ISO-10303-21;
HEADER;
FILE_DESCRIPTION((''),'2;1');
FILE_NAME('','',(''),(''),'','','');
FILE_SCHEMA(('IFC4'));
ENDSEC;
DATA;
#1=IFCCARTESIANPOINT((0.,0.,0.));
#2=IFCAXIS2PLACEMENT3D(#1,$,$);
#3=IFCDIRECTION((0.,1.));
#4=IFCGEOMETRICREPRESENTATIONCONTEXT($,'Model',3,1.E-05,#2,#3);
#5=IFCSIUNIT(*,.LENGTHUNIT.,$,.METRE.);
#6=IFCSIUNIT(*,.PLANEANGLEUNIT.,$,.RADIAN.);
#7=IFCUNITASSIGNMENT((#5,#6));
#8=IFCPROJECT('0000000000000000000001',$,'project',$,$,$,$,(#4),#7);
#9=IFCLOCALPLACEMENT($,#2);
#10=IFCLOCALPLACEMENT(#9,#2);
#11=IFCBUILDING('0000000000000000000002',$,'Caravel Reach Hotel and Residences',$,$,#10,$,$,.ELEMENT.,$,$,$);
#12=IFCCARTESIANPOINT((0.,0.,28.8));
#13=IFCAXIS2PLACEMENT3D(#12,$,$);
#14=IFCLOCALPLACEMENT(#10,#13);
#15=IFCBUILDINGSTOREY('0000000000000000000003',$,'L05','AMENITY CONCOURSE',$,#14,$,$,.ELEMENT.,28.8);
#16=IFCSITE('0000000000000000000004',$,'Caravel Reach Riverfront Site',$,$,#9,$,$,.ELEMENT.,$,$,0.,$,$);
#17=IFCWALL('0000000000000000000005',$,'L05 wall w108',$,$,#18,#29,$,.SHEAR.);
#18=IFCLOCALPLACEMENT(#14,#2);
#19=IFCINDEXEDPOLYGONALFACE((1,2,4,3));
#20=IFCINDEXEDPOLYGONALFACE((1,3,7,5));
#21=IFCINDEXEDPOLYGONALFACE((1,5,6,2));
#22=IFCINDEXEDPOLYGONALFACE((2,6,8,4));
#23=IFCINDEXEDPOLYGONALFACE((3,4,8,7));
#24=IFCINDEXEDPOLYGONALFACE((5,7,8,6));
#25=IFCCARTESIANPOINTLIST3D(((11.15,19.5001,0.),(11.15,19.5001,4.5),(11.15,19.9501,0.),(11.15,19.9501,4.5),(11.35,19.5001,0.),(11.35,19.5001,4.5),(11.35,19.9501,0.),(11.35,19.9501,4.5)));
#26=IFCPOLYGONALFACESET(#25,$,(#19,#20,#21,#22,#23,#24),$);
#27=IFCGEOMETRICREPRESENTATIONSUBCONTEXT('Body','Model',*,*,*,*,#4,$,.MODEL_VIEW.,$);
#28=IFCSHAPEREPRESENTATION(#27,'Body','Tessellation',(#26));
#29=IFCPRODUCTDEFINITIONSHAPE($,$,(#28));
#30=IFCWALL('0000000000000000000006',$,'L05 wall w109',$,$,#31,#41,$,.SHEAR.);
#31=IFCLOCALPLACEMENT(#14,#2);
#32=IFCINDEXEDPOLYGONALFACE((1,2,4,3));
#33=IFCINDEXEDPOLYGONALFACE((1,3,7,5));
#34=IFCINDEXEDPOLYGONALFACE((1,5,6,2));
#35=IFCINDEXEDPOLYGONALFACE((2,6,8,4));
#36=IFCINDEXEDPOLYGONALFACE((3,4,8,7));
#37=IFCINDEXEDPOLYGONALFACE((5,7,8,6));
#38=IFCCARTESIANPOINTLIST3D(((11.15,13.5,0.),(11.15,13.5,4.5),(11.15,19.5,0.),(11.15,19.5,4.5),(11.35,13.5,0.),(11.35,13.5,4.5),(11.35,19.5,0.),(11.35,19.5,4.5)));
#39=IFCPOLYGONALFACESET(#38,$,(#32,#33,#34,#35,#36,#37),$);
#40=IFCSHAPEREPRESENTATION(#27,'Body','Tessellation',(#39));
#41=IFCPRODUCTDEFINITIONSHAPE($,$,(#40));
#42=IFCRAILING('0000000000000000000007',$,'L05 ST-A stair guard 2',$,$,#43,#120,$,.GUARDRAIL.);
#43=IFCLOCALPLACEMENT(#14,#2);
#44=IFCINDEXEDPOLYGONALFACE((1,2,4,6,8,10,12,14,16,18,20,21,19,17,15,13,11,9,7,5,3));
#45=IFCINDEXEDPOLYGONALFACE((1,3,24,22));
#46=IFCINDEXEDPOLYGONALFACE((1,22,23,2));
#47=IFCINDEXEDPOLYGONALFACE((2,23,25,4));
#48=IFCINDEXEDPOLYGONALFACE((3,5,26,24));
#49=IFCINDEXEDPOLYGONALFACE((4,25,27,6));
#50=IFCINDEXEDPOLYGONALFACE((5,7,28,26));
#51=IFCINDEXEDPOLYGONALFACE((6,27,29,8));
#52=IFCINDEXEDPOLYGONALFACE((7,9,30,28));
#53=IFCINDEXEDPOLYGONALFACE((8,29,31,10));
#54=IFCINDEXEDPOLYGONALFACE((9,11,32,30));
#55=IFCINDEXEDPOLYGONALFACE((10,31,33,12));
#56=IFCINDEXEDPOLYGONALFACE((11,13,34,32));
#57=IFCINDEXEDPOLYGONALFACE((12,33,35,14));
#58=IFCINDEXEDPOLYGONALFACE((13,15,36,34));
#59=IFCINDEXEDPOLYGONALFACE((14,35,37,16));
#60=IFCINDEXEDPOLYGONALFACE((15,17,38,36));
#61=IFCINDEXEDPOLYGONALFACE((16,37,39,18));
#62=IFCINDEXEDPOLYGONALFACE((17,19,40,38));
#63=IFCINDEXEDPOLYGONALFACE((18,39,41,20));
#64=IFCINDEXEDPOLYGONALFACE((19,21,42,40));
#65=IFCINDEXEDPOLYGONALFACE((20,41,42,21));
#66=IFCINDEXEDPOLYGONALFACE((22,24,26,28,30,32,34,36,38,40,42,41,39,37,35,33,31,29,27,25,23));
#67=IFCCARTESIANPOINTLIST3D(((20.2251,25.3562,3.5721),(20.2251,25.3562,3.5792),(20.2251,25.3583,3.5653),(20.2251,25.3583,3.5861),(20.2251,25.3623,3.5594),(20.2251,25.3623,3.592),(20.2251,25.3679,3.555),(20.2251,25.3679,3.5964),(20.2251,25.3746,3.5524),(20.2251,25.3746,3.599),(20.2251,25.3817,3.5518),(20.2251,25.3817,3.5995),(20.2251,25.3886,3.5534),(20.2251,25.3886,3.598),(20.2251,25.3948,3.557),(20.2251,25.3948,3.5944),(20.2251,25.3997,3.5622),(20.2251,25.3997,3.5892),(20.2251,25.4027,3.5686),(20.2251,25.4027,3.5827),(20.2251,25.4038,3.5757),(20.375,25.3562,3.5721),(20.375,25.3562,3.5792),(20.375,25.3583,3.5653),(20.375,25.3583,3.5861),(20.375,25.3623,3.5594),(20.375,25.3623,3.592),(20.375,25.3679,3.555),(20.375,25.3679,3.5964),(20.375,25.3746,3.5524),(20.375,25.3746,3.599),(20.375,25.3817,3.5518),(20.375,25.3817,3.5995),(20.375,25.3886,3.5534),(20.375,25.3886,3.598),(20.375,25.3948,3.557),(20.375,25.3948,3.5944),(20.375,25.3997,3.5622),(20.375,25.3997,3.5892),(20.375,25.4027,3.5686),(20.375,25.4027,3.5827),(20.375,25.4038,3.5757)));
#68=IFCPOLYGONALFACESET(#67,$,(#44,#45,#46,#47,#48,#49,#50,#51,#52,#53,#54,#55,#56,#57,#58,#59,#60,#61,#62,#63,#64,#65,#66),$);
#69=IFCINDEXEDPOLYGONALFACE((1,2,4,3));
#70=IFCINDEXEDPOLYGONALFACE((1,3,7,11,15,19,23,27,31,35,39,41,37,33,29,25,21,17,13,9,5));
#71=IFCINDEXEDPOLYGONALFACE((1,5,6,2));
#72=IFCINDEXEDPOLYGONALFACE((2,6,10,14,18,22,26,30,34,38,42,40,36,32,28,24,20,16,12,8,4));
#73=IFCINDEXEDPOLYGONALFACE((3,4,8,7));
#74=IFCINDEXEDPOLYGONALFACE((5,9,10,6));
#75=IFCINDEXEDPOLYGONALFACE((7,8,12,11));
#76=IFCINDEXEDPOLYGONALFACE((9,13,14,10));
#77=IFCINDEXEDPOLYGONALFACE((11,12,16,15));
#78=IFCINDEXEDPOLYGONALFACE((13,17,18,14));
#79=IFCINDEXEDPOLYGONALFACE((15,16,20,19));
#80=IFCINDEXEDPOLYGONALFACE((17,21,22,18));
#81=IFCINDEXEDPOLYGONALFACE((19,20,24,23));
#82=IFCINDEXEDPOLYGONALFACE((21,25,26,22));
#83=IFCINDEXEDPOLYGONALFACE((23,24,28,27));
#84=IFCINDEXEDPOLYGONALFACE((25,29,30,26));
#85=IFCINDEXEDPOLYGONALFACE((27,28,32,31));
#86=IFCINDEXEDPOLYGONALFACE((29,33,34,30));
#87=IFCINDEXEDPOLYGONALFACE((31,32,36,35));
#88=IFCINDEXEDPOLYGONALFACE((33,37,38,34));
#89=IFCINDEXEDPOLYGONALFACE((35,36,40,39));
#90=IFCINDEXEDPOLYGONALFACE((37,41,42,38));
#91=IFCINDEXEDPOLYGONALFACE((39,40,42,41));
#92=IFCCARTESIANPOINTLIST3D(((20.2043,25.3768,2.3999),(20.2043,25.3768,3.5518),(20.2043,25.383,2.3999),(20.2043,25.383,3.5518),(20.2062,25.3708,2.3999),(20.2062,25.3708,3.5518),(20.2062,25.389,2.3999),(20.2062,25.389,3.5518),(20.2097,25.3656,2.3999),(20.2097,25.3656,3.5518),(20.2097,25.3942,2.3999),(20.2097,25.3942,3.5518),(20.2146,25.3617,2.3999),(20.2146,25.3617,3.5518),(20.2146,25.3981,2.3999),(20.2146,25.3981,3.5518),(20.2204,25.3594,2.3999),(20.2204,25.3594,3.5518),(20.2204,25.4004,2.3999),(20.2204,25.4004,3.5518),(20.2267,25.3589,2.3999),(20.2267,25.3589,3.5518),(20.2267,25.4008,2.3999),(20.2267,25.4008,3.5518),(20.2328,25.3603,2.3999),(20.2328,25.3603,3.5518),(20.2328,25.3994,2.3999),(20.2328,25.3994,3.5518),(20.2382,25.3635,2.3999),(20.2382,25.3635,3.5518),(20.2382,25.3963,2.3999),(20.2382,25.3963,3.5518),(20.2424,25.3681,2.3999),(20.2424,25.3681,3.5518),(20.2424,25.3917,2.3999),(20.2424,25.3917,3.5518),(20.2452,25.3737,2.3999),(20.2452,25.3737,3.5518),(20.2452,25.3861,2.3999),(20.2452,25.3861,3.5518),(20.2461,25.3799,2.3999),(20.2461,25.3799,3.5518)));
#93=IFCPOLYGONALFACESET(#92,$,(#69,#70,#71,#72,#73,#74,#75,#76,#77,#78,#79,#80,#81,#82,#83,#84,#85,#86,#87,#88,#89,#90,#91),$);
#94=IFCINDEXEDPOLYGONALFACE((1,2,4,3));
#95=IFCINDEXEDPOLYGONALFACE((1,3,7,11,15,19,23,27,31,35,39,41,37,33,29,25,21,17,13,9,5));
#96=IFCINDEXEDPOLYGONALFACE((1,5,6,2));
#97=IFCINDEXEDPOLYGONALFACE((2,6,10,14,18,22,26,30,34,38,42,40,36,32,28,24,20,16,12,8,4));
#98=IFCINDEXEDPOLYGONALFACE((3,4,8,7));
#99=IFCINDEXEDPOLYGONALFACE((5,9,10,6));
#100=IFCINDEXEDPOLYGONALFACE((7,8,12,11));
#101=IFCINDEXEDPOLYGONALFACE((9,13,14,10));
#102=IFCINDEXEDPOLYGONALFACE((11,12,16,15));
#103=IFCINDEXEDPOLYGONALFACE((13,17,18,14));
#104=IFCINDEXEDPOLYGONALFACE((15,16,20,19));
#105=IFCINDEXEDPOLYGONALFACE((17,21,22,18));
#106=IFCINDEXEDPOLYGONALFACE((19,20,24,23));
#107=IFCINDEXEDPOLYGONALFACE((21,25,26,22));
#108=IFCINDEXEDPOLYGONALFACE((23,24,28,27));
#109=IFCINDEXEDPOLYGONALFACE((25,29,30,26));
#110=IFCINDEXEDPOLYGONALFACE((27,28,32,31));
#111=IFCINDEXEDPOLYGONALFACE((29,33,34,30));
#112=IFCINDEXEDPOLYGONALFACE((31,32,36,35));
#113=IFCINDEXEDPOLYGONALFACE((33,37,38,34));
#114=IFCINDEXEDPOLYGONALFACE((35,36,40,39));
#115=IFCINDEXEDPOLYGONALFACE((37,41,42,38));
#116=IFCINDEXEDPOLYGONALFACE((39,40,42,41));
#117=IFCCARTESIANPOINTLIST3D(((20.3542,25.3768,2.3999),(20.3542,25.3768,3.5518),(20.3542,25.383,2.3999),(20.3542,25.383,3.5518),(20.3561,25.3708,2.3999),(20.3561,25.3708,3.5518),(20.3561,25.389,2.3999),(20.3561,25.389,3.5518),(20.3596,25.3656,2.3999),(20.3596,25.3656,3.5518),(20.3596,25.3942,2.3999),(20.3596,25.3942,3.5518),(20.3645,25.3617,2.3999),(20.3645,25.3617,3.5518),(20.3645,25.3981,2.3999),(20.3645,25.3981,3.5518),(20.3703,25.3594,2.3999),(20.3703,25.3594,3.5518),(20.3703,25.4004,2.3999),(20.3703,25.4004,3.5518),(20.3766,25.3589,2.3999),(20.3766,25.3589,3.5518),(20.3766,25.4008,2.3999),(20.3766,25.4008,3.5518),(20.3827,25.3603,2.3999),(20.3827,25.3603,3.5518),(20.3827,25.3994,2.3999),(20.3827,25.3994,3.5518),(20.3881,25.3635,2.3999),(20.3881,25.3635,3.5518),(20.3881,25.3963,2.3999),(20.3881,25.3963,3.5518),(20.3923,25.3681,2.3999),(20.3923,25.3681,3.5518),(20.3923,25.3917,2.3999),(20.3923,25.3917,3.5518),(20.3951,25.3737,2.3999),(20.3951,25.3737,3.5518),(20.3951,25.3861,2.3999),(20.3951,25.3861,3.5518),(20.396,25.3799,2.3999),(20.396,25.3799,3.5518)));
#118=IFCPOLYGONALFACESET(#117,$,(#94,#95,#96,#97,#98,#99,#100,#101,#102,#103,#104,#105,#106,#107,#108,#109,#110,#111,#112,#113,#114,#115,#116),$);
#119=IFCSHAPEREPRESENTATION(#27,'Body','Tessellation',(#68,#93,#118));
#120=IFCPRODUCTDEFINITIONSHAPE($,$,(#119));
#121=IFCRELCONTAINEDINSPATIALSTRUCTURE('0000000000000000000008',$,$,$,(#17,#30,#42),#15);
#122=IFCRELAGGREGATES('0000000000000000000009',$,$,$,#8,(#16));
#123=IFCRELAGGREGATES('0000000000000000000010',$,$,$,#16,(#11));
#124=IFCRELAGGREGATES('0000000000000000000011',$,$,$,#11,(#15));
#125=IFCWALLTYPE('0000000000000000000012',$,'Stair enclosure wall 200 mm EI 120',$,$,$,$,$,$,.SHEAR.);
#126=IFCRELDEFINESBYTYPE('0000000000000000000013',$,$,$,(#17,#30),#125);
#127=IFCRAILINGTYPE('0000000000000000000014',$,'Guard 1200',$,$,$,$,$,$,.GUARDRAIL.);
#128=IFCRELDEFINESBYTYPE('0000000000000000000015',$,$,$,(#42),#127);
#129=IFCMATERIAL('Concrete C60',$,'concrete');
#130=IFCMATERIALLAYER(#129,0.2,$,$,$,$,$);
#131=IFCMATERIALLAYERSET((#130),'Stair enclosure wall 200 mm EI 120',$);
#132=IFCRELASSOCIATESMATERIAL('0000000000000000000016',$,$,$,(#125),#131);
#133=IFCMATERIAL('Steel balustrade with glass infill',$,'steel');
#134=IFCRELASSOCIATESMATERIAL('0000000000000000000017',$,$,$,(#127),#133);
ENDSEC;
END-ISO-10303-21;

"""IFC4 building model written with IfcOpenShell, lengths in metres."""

from ifc_helpers import new_model, si_unit, direction, frame, frame_2d, origin, origin_2d, place, context, subcontext, project, spatial, rectangle, circle, extrude, material, layer, layer_set, type_object, element, save


model = new_model("IFC4")

# Units and contexts
model_context = context("Model", 3, precision=1e-05, world=origin(), true_north=direction((0.0, 1.0)))
body_context = subcontext(model_context, "Body", "Model", "MODEL_VIEW")
ifc_project = project(units=[si_unit("LENGTHUNIT", "METRE"), si_unit("PLANEANGLEUNIT", "RADIAN")], contexts=[model_context])

# Site, building, storey
site_placement = place(None, origin())
site = spatial("IfcSite", under=ifc_project, at=site_placement, Name="Caravel Reach Riverfront Site", CompositionType="ELEMENT", RefElevation=0.0)
building_placement = place(site_placement, origin())
building = spatial("IfcBuilding", under=site, at=building_placement, Name="Caravel Reach Hotel and Residences", CompositionType="ELEMENT")
storey_placement = place(building_placement, frame((0.0, 0.0, 28.8)))
storey = spatial("IfcBuildingStorey", under=building, at=storey_placement, Name="L05", Description="AMENITY CONCOURSE", CompositionType="ELEMENT", Elevation=28.8)

# Walls
ifc_material_1 = material(Name="Concrete C60", Category="concrete")
ifc_layer_1 = layer(ifc_material_1, 0.2)
ifc_layer_set_1 = layer_set([ifc_layer_1], Name="Stair enclosure wall 200 mm EI 120")
wall_type_1 = type_object("IfcWallType", Name="Stair enclosure wall 200 mm EI 120", PredefinedType="SHEAR", material=ifc_layer_set_1)
wall_1_placement = place(storey_placement, frame((11.25, 19.5, 0.0), z_axis=(0.0, 0.0, 1.0), x_axis=(0.0, 1.0, 0.0)))
element("IfcWall", 1, at=wall_1_placement, inside=storey, type_object=wall_type_1, Name="L05 wall w108", PredefinedType="SHEAR", context=body_context, shape_type="SweptSolid", body=[
    extrude(rectangle(XDim=0.45, YDim=0.2, at=frame_2d((0.2251, 0.0))), origin(), (0.0, 0.0, 1.0), 4.5),
])
wall_2_placement = place(storey_placement, frame((11.25, 13.5, 0.0), z_axis=(0.0, 0.0, 1.0), x_axis=(0.0, 1.0, 0.0)))
element("IfcWall", 2, at=wall_2_placement, inside=storey, type_object=wall_type_1, Name="L05 wall w109", PredefinedType="SHEAR", context=body_context, shape_type="SweptSolid", body=[
    extrude(rectangle(XDim=6.0, YDim=0.2, at=frame_2d((3.0, 0.0))), origin(), (0.0, 0.0, 1.0), 4.5),
])

# Railing
ifc_material_2 = material(Name="Steel balustrade with glass infill", Category="steel")
railing_type_1 = type_object("IfcRailingType", Name="Guard 1200", PredefinedType="GUARDRAIL", material=ifc_material_2)
railing_1_placement = place(storey_placement, frame((20.2251, 25.3799, 2.3999)))
element("IfcRailing", 3, at=railing_1_placement, inside=storey, type_object=railing_type_1, Name="L05 ST-A stair guard 2", PredefinedType="GUARDRAIL", context=body_context, shape_type="SweptSolid", body=[
    extrude(circle(Radius=0.0239, at=origin_2d()), frame((0.0, 0.0, 1.1758), z_axis=(1.0, 0.0, 0.0), x_axis=(0.0, 1.0, 0.0)), (0.0, 0.0, 1.0), 0.1499),
    extrude(circle(Radius=0.021, at=origin_2d()), origin(), (0.0, 0.0, 1.0), 1.1519),
    extrude(circle(Radius=0.021, at=origin_2d()), frame((0.1499, 0.0, 0.0)), (0.0, 0.0, 1.0), 1.1519),
])

save(model, "model.ifc")
